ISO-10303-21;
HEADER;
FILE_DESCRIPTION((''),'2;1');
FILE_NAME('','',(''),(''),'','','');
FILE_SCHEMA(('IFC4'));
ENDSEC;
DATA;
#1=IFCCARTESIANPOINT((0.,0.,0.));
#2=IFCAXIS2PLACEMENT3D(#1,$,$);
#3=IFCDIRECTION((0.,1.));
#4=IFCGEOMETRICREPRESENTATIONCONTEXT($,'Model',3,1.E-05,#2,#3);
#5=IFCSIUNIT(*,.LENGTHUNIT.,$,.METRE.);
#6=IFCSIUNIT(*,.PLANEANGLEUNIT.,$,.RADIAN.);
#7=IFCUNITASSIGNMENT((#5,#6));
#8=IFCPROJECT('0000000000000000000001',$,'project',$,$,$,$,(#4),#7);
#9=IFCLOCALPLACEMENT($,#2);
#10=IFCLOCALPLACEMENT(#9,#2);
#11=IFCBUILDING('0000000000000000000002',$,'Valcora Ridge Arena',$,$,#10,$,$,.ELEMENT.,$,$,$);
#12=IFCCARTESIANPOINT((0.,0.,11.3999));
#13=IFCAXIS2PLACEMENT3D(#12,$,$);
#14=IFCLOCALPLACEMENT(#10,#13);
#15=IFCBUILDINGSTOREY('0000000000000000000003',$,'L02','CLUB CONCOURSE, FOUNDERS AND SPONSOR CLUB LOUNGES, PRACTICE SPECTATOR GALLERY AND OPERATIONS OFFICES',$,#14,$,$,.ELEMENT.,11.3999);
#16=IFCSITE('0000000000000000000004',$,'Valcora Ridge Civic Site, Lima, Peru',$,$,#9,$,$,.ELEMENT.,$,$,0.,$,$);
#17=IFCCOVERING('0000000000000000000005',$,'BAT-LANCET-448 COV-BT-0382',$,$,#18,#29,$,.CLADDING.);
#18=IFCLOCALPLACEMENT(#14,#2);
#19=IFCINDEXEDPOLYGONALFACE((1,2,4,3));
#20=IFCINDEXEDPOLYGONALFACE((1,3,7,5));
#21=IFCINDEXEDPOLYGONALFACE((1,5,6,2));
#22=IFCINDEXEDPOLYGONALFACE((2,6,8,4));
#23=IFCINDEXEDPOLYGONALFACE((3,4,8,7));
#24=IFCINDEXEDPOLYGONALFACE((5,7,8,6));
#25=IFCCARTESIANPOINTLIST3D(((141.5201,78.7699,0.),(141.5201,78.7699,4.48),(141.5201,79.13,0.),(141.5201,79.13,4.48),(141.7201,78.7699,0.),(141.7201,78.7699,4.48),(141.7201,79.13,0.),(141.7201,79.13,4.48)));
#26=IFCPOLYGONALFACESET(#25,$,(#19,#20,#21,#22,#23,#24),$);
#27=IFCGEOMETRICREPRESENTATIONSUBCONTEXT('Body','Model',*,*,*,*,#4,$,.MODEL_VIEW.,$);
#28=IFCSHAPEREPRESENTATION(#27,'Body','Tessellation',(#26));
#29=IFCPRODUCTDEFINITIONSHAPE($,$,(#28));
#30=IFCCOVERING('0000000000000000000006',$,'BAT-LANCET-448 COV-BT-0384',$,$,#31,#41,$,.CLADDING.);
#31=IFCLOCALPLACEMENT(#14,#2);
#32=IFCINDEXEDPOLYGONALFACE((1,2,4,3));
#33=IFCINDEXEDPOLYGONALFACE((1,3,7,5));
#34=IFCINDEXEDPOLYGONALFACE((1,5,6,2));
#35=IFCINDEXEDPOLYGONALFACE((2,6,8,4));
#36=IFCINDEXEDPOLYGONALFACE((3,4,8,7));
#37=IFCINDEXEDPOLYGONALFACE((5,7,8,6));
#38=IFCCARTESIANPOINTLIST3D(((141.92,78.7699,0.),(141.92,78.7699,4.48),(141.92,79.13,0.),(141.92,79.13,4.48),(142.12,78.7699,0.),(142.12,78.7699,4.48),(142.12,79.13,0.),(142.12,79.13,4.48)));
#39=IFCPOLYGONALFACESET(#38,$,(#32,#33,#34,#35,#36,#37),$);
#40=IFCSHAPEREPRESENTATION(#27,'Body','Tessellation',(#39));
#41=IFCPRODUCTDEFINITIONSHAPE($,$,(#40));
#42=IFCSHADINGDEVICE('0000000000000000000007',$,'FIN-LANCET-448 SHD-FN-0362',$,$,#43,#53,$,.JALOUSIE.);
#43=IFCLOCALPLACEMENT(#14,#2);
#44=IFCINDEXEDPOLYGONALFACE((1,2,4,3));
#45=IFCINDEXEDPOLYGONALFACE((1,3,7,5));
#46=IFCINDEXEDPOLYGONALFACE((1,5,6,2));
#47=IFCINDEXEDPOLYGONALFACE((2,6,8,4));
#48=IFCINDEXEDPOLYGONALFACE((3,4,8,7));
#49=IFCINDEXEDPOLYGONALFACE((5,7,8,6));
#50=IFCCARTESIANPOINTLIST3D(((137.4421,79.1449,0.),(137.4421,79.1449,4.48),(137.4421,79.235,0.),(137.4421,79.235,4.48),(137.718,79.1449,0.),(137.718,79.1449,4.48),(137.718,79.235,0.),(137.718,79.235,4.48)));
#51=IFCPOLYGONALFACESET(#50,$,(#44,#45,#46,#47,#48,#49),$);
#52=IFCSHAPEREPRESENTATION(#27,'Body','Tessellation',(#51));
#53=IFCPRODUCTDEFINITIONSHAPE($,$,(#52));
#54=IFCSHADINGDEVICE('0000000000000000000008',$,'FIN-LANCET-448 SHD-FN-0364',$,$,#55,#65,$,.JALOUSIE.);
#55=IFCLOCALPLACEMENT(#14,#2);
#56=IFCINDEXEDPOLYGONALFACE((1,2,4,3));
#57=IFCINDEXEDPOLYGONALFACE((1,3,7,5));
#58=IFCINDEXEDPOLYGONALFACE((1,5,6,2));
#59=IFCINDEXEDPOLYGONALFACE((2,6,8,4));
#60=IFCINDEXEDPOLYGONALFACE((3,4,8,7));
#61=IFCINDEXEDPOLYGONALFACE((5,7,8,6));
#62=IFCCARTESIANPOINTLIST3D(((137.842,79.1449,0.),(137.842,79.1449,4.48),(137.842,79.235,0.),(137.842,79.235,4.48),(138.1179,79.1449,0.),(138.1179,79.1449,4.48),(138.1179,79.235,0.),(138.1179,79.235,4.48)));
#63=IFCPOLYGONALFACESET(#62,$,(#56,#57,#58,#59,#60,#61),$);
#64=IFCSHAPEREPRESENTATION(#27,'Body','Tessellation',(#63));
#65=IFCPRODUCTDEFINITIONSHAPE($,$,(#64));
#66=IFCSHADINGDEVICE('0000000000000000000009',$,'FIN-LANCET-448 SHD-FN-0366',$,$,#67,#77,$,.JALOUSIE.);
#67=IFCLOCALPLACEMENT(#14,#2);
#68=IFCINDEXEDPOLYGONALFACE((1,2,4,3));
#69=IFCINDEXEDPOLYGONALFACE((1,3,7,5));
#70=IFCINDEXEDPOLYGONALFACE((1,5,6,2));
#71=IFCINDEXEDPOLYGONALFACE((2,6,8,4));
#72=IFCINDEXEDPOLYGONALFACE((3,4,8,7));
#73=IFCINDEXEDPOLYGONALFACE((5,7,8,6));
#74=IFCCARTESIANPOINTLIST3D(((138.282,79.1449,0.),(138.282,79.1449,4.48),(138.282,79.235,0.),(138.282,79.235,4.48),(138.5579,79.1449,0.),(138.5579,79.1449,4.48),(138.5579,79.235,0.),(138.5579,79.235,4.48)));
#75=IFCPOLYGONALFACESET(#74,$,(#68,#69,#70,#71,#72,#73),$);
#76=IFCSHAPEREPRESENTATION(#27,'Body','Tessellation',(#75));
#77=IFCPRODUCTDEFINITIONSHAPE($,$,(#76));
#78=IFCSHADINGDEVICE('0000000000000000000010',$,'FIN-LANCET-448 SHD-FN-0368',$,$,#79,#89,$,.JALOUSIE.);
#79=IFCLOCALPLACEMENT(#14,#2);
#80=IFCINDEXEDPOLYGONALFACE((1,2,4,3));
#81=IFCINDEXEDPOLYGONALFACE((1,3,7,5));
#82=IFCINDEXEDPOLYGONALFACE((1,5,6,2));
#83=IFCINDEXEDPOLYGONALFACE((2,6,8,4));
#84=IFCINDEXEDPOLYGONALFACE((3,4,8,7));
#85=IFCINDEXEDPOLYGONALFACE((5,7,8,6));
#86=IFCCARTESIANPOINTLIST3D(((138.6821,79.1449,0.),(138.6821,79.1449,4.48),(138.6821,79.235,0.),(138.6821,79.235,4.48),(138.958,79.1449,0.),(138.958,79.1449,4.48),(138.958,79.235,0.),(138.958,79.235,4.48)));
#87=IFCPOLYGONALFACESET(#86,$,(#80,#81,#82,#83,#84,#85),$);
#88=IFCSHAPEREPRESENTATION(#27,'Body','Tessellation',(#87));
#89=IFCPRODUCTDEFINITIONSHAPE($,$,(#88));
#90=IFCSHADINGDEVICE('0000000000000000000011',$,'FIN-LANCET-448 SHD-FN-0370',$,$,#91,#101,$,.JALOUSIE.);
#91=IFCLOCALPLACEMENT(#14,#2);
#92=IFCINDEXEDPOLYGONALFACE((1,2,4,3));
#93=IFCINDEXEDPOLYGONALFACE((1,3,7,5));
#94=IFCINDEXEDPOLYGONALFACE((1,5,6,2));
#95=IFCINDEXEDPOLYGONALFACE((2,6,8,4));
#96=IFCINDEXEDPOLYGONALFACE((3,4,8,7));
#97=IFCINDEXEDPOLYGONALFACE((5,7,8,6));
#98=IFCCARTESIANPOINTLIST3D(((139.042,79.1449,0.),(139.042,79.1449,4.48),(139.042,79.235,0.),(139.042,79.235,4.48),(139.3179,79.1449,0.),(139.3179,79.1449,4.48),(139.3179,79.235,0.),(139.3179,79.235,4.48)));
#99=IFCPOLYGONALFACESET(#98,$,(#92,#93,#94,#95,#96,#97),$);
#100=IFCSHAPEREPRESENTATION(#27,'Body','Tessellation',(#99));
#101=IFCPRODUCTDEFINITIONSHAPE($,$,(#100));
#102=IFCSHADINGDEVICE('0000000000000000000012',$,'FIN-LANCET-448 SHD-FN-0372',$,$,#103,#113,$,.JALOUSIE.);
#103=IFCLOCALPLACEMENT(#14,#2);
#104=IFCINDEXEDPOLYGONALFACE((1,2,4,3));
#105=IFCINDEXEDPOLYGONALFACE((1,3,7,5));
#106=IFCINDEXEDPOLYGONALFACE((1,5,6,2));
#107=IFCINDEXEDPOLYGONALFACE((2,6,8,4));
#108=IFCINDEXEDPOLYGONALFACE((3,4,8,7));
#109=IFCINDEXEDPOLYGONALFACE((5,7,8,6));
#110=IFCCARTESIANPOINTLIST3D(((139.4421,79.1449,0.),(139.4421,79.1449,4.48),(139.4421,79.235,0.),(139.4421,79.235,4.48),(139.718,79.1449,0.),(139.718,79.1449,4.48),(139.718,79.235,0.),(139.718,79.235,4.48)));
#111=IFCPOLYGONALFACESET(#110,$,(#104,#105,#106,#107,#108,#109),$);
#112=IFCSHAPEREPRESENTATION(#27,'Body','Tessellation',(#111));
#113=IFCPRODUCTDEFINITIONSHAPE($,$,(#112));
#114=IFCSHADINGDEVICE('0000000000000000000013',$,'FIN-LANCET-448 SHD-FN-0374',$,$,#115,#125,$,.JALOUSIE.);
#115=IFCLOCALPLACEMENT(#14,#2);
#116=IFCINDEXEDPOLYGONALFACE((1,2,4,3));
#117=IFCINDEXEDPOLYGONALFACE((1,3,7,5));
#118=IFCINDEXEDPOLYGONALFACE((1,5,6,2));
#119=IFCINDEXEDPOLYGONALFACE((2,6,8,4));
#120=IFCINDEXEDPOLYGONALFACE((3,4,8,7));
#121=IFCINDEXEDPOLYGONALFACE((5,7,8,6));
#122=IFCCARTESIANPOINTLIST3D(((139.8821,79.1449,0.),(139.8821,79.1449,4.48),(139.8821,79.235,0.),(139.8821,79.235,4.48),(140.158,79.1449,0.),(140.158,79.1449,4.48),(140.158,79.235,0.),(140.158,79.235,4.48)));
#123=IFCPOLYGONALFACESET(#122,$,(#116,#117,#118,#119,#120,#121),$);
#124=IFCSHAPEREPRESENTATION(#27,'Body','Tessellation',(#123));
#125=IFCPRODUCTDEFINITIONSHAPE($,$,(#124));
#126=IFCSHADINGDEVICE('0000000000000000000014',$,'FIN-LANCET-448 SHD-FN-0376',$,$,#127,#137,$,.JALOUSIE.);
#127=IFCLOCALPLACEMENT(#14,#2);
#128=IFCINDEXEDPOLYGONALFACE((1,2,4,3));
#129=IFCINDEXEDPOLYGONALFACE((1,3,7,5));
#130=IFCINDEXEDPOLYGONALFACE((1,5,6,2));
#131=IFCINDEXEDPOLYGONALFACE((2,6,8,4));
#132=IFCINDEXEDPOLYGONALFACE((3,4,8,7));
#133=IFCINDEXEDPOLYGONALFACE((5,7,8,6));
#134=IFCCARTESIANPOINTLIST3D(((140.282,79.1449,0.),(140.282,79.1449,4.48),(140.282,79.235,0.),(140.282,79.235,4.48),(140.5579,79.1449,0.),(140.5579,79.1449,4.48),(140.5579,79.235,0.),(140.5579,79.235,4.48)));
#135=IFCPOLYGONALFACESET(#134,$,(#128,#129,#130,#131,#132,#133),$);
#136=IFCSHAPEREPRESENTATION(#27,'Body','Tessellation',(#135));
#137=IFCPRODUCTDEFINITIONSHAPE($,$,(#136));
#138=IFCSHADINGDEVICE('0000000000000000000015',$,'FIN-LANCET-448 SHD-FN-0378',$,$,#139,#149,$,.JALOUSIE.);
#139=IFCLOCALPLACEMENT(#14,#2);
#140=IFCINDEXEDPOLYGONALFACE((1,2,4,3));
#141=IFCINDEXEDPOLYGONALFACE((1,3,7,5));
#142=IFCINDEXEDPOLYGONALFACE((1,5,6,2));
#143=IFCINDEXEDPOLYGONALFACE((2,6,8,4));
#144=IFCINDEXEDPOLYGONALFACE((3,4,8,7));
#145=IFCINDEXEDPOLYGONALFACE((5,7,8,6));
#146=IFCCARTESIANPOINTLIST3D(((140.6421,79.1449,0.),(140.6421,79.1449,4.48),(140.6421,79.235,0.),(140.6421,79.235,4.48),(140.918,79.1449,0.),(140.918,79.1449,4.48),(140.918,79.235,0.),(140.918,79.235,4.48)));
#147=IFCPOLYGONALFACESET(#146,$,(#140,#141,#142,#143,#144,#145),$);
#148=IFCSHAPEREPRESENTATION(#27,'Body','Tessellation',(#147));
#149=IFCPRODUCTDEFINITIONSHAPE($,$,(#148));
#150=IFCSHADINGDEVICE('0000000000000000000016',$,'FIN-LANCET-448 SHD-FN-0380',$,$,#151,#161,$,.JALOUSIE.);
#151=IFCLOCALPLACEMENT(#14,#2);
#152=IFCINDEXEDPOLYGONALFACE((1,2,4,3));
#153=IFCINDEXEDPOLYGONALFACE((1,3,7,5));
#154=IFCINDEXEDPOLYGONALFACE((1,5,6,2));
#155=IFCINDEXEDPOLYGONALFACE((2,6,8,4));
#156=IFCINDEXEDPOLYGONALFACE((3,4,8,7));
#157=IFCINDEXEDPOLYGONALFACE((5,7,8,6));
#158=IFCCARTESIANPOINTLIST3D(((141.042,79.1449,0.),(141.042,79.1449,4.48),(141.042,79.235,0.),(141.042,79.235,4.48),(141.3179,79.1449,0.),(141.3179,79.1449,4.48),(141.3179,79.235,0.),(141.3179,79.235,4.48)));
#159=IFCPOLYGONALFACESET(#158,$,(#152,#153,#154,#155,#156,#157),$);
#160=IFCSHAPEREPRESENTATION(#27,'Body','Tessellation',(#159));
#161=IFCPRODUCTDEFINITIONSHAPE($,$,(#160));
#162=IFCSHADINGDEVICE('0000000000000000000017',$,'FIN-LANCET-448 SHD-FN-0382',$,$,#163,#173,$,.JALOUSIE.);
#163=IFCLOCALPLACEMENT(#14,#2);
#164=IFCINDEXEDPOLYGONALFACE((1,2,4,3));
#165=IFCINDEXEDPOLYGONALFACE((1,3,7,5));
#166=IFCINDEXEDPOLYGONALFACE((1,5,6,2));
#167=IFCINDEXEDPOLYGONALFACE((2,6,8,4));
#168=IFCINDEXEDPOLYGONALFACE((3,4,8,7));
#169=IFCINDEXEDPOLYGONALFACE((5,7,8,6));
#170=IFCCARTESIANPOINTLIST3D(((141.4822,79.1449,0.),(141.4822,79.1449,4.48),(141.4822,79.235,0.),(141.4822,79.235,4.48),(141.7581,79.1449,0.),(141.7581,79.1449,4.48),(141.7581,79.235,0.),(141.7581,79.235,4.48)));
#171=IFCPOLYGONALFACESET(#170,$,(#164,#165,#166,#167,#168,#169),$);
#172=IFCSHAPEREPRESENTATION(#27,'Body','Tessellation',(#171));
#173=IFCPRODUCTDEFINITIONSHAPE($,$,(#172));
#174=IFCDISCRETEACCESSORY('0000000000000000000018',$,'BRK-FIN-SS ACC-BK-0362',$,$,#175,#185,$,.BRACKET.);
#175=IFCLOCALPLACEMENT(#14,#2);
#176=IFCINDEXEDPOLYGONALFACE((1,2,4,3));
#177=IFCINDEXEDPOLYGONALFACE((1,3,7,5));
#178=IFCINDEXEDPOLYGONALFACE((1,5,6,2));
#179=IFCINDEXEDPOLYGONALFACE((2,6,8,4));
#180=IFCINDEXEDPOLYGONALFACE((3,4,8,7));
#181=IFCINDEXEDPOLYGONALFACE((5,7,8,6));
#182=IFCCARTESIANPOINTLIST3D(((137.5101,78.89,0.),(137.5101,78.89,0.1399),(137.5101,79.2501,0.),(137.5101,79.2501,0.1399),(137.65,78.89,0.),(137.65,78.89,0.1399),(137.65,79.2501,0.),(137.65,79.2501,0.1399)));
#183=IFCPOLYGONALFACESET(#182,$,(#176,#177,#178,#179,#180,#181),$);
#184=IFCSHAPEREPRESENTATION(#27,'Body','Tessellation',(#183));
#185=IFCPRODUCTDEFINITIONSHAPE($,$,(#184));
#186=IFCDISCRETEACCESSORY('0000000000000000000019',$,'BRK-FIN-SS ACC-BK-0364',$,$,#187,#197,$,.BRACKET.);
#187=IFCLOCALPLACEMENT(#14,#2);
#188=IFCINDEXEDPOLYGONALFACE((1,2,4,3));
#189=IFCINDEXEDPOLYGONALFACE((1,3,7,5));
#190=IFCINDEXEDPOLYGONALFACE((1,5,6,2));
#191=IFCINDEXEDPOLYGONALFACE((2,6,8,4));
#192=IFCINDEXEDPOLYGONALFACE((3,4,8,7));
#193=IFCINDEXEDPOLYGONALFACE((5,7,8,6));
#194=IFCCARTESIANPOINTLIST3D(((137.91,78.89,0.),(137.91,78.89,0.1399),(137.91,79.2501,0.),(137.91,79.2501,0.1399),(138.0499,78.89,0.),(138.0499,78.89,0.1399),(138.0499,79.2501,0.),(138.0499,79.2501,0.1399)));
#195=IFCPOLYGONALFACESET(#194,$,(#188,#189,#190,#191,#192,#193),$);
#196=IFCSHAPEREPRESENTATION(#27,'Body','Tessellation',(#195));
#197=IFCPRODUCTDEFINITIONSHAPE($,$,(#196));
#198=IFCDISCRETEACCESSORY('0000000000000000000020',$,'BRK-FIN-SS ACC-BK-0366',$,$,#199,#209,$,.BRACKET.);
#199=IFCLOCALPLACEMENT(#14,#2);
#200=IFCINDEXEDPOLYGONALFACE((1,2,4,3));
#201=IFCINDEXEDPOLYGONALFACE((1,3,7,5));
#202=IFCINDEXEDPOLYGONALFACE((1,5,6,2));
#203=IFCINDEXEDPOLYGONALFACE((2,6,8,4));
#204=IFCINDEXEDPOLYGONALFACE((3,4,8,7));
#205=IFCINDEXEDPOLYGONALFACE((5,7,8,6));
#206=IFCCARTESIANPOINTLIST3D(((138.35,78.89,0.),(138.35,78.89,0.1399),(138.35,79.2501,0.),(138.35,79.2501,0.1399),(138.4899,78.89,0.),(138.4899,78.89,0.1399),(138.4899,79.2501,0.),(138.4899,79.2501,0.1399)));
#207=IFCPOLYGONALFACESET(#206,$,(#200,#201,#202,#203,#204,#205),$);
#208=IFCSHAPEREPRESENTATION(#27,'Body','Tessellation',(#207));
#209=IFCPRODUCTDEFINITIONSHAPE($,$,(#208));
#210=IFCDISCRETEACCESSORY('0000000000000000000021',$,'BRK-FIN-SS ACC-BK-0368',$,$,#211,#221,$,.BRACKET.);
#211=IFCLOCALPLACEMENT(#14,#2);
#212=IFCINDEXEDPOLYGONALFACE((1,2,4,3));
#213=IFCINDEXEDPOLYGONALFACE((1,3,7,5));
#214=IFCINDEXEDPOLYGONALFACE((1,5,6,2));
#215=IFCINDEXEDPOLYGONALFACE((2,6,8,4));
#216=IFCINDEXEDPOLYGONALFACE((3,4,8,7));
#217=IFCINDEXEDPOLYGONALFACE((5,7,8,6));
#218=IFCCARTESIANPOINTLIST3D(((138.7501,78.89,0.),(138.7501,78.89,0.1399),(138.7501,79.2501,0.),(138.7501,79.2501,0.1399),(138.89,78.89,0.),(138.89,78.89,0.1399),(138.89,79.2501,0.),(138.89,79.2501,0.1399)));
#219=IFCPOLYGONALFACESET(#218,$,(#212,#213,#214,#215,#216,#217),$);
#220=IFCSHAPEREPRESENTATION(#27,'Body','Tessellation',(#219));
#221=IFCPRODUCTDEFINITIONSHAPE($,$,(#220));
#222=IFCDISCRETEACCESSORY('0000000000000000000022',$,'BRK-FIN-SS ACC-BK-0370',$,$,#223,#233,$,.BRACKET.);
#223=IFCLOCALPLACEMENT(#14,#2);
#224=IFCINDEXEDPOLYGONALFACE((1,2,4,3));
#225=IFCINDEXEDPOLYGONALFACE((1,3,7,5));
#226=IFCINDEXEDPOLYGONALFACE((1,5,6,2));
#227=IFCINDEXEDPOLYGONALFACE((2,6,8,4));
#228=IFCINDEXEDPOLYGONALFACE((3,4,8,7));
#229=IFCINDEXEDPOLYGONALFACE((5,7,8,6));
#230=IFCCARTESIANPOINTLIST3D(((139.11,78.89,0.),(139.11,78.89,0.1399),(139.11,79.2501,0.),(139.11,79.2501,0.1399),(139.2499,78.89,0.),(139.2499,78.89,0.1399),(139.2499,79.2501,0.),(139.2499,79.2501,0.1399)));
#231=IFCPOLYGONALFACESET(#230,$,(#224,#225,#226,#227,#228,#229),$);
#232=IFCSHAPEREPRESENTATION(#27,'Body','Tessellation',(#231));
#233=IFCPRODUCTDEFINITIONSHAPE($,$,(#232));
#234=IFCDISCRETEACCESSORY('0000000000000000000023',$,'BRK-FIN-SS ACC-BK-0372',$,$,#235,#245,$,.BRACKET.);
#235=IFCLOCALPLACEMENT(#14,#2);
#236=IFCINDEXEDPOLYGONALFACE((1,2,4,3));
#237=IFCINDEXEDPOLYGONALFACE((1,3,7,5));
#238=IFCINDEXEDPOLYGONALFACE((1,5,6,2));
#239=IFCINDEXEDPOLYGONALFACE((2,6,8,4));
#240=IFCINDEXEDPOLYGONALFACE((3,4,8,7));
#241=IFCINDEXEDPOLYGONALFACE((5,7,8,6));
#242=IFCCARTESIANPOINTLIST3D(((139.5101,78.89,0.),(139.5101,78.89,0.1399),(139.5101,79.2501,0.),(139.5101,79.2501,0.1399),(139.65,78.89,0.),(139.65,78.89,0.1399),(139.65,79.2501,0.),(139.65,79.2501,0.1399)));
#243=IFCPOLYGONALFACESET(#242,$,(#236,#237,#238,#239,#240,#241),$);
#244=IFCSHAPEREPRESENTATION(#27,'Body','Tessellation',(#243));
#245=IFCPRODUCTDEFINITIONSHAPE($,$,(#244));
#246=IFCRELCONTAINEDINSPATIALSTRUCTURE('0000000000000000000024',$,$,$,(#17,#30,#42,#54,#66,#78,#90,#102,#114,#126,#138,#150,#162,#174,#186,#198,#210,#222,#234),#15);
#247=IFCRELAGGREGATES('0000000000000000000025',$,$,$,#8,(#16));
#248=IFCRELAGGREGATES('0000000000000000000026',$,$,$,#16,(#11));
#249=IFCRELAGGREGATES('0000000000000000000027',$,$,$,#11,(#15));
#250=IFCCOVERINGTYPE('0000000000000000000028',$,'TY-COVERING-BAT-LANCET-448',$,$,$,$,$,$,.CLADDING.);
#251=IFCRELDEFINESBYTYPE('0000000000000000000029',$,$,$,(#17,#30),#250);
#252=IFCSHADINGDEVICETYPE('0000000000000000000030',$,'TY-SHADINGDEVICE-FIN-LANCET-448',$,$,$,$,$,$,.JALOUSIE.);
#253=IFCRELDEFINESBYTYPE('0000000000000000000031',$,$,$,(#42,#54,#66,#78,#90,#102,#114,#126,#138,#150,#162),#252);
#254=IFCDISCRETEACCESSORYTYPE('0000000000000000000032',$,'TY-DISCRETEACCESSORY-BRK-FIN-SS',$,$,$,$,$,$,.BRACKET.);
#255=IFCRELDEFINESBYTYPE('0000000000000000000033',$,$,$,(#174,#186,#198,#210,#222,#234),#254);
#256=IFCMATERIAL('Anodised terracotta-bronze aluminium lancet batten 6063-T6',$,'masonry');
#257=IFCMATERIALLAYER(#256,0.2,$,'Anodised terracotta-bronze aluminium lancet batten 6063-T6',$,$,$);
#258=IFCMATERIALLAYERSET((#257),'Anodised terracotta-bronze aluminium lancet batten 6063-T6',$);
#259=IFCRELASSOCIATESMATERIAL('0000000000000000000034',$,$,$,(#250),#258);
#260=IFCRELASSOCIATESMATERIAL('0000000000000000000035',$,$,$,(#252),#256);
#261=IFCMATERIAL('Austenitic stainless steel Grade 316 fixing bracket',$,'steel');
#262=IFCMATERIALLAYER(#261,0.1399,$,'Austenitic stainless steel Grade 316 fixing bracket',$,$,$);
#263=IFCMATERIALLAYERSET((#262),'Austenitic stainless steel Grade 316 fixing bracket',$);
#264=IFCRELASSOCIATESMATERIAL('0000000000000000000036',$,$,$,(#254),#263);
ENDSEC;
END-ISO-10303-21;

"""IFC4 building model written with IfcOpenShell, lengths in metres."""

from ifc_helpers import new_model, si_unit, direction, frame, origin, origin_2d, place, context, subcontext, project, spatial, rectangle, extrude, material, layer, layer_set, material_profile, profile_set, type_object, element, save


model = new_model("IFC4")

# Units and contexts
model_context = context("Model", 3, precision=1e-05, world=origin(), true_north=direction((0.0, 1.0)))
body_context = subcontext(model_context, "Body", "Model", "MODEL_VIEW")
ifc_project = project(units=[si_unit("LENGTHUNIT", "METRE"), si_unit("PLANEANGLEUNIT", "RADIAN")], contexts=[model_context])

# Site, building, storey
site_placement = place(None, origin())
site = spatial("IfcSite", under=ifc_project, at=site_placement, Name="Valcora Ridge Civic Site, Lima, Peru", CompositionType="ELEMENT", RefElevation=0.0)
building_placement = place(site_placement, origin())
building = spatial("IfcBuilding", under=site, at=building_placement, Name="Valcora Ridge Arena", CompositionType="ELEMENT")
storey_placement = place(building_placement, frame((0.0, 0.0, 11.3999)))
storey = spatial("IfcBuildingStorey", under=building, at=storey_placement, Name="L02", Description="CLUB CONCOURSE, FOUNDERS AND SPONSOR CLUB LOUNGES, PRACTICE SPECTATOR GALLERY AND OPERATIONS OFFICES", CompositionType="ELEMENT", Elevation=11.3999)

# Coverings
ifc_material_1 = material(Name="Anodised terracotta-bronze aluminium lancet batten 6063-T6", Category="masonry")
ifc_layer_1 = layer(ifc_material_1, 0.2, Name="Anodised terracotta-bronze aluminium lancet batten 6063-T6")
ifc_layer_set_1 = layer_set([ifc_layer_1], Name="Anodised terracotta-bronze aluminium lancet batten 6063-T6")
covering_type = type_object("IfcCoveringType", Name="TY-COVERING-BAT-LANCET-448", PredefinedType="CLADDING", material=ifc_layer_set_1)
for number, where, z_axis, x_axis, name in (
    (1, (141.6201, 78.95, 0.0), (0.0, 0.0, 1.0), (1.0, 0.0, 0.0), "BAT-LANCET-448 COV-BT-0382"),
    (2, (142.02, 78.95, 0.0), (0.0, 0.0, 1.0), (1.0, 0.0, 0.0), "BAT-LANCET-448 COV-BT-0384"),
):
    element("IfcCovering", number, at=place(storey_placement, frame(where, z_axis=z_axis, x_axis=x_axis)), inside=storey, type_object=covering_type, Name=name, PredefinedType="CLADDING", context=body_context, shape_type="SweptSolid", body=[
        extrude(rectangle(XDim=0.2, YDim=0.3601, at=origin_2d()), origin(), (0.0, 0.0, 1.0), 4.48),
    ])

# Shading devices
ifc_material_profile_1 = material_profile(ifc_material_1, rectangle(XDim=0.0901, YDim=0.2759, at=origin_2d()), Name="ALU LANCET BATTEN 90x276")
ifc_profile_set_1 = profile_set([ifc_material_profile_1], Name="Anodised terracotta-bronze aluminium lancet batten 6063-T6")
shading_device_type = type_object("IfcShadingDeviceType", Name="TY-SHADINGDEVICE-FIN-LANCET-448", PredefinedType="JALOUSIE", material=ifc_profile_set_1)
for number, where, z_axis, x_axis, name in (
    (3, (137.5801, 79.1899, 0.0), (0.0, 0.0, 1.0), (0.0, 1.0, 0.0), "FIN-LANCET-448 SHD-FN-0362"),
    (4, (137.98, 79.1899, 0.0), (0.0, 0.0, 1.0), (0.0, 1.0, 0.0), "FIN-LANCET-448 SHD-FN-0364"),
    (5, (138.4199, 79.1899, 0.0), (0.0, 0.0, 1.0), (0.0, 1.0, 0.0), "FIN-LANCET-448 SHD-FN-0366"),
    (6, (138.8201, 79.1899, 0.0), (0.0, 0.0, 1.0), (0.0, 1.0, 0.0), "FIN-LANCET-448 SHD-FN-0368"),
    (7, (139.1799, 79.1899, 0.0), (0.0, 0.0, 1.0), (0.0, 1.0, 0.0), "FIN-LANCET-448 SHD-FN-0370"),
    (8, (139.5801, 79.1899, 0.0), (0.0, 0.0, 1.0), (0.0, 1.0, 0.0), "FIN-LANCET-448 SHD-FN-0372"),
    (9, (140.02, 79.1899, 0.0), (0.0, 0.0, 1.0), (0.0, 1.0, 0.0), "FIN-LANCET-448 SHD-FN-0374"),
    (10, (140.4199, 79.1899, 0.0), (0.0, 0.0, 1.0), (0.0, 1.0, 0.0), "FIN-LANCET-448 SHD-FN-0376"),
    (11, (140.78, 79.1899, 0.0), (0.0, 0.0, 1.0), (0.0, 1.0, 0.0), "FIN-LANCET-448 SHD-FN-0378"),
    (12, (141.1799, 79.1899, 0.0), (0.0, 0.0, 1.0), (0.0, 1.0, 0.0), "FIN-LANCET-448 SHD-FN-0380"),
    (13, (141.6201, 79.1899, 0.0), (0.0, 0.0, 1.0), (0.0, 1.0, 0.0), "FIN-LANCET-448 SHD-FN-0382"),
):
    element("IfcShadingDevice", number, at=place(storey_placement, frame(where, z_axis=z_axis, x_axis=x_axis)), inside=storey, type_object=shading_device_type, Name=name, PredefinedType="JALOUSIE", context=body_context, shape_type="SweptSolid", body=[
        extrude(rectangle(XDim=0.0901, YDim=0.2759, at=origin_2d()), origin(), (0.0, 0.0, 1.0), 4.48),
    ])

# Discrete accessories
ifc_material_2 = material(Name="Austenitic stainless steel Grade 316 fixing bracket", Category="steel")
ifc_layer_2 = layer(ifc_material_2, 0.1399, Name="Austenitic stainless steel Grade 316 fixing bracket")
ifc_layer_set_2 = layer_set([ifc_layer_2], Name="Austenitic stainless steel Grade 316 fixing bracket")
discrete_accessory_type = type_object("IfcDiscreteAccessoryType", Name="TY-DISCRETEACCESSORY-BRK-FIN-SS", PredefinedType="BRACKET", material=ifc_layer_set_2)
for number, where, z_axis, x_axis, name in (
    (14, (137.5801, 79.0701, 0.0), (0.0, 0.0, 1.0), (0.0, 1.0, 0.0), "BRK-FIN-SS ACC-BK-0362"),
    (15, (137.98, 79.0701, 0.0), (0.0, 0.0, 1.0), (0.0, 1.0, 0.0), "BRK-FIN-SS ACC-BK-0364"),
    (16, (138.4199, 79.0701, 0.0), (0.0, 0.0, 1.0), (0.0, 1.0, 0.0), "BRK-FIN-SS ACC-BK-0366"),
    (17, (138.8201, 79.0701, 0.0), (0.0, 0.0, 1.0), (0.0, 1.0, 0.0), "BRK-FIN-SS ACC-BK-0368"),
    (18, (139.1799, 79.0701, 0.0), (0.0, 0.0, 1.0), (0.0, 1.0, 0.0), "BRK-FIN-SS ACC-BK-0370"),
    (19, (139.5801, 79.0701, 0.0), (0.0, 0.0, 1.0), (0.0, 1.0, 0.0), "BRK-FIN-SS ACC-BK-0372"),
):
    element("IfcDiscreteAccessory", number, at=place(storey_placement, frame(where, z_axis=z_axis, x_axis=x_axis)), inside=storey, type_object=discrete_accessory_type, Name=name, PredefinedType="BRACKET", context=body_context, shape_type="SweptSolid", body=[
        extrude(rectangle(XDim=0.3601, YDim=0.1399, at=origin_2d()), origin(), (0.0, 0.0, 1.0), 0.1399),
    ])

save(model, "model.ifc")
